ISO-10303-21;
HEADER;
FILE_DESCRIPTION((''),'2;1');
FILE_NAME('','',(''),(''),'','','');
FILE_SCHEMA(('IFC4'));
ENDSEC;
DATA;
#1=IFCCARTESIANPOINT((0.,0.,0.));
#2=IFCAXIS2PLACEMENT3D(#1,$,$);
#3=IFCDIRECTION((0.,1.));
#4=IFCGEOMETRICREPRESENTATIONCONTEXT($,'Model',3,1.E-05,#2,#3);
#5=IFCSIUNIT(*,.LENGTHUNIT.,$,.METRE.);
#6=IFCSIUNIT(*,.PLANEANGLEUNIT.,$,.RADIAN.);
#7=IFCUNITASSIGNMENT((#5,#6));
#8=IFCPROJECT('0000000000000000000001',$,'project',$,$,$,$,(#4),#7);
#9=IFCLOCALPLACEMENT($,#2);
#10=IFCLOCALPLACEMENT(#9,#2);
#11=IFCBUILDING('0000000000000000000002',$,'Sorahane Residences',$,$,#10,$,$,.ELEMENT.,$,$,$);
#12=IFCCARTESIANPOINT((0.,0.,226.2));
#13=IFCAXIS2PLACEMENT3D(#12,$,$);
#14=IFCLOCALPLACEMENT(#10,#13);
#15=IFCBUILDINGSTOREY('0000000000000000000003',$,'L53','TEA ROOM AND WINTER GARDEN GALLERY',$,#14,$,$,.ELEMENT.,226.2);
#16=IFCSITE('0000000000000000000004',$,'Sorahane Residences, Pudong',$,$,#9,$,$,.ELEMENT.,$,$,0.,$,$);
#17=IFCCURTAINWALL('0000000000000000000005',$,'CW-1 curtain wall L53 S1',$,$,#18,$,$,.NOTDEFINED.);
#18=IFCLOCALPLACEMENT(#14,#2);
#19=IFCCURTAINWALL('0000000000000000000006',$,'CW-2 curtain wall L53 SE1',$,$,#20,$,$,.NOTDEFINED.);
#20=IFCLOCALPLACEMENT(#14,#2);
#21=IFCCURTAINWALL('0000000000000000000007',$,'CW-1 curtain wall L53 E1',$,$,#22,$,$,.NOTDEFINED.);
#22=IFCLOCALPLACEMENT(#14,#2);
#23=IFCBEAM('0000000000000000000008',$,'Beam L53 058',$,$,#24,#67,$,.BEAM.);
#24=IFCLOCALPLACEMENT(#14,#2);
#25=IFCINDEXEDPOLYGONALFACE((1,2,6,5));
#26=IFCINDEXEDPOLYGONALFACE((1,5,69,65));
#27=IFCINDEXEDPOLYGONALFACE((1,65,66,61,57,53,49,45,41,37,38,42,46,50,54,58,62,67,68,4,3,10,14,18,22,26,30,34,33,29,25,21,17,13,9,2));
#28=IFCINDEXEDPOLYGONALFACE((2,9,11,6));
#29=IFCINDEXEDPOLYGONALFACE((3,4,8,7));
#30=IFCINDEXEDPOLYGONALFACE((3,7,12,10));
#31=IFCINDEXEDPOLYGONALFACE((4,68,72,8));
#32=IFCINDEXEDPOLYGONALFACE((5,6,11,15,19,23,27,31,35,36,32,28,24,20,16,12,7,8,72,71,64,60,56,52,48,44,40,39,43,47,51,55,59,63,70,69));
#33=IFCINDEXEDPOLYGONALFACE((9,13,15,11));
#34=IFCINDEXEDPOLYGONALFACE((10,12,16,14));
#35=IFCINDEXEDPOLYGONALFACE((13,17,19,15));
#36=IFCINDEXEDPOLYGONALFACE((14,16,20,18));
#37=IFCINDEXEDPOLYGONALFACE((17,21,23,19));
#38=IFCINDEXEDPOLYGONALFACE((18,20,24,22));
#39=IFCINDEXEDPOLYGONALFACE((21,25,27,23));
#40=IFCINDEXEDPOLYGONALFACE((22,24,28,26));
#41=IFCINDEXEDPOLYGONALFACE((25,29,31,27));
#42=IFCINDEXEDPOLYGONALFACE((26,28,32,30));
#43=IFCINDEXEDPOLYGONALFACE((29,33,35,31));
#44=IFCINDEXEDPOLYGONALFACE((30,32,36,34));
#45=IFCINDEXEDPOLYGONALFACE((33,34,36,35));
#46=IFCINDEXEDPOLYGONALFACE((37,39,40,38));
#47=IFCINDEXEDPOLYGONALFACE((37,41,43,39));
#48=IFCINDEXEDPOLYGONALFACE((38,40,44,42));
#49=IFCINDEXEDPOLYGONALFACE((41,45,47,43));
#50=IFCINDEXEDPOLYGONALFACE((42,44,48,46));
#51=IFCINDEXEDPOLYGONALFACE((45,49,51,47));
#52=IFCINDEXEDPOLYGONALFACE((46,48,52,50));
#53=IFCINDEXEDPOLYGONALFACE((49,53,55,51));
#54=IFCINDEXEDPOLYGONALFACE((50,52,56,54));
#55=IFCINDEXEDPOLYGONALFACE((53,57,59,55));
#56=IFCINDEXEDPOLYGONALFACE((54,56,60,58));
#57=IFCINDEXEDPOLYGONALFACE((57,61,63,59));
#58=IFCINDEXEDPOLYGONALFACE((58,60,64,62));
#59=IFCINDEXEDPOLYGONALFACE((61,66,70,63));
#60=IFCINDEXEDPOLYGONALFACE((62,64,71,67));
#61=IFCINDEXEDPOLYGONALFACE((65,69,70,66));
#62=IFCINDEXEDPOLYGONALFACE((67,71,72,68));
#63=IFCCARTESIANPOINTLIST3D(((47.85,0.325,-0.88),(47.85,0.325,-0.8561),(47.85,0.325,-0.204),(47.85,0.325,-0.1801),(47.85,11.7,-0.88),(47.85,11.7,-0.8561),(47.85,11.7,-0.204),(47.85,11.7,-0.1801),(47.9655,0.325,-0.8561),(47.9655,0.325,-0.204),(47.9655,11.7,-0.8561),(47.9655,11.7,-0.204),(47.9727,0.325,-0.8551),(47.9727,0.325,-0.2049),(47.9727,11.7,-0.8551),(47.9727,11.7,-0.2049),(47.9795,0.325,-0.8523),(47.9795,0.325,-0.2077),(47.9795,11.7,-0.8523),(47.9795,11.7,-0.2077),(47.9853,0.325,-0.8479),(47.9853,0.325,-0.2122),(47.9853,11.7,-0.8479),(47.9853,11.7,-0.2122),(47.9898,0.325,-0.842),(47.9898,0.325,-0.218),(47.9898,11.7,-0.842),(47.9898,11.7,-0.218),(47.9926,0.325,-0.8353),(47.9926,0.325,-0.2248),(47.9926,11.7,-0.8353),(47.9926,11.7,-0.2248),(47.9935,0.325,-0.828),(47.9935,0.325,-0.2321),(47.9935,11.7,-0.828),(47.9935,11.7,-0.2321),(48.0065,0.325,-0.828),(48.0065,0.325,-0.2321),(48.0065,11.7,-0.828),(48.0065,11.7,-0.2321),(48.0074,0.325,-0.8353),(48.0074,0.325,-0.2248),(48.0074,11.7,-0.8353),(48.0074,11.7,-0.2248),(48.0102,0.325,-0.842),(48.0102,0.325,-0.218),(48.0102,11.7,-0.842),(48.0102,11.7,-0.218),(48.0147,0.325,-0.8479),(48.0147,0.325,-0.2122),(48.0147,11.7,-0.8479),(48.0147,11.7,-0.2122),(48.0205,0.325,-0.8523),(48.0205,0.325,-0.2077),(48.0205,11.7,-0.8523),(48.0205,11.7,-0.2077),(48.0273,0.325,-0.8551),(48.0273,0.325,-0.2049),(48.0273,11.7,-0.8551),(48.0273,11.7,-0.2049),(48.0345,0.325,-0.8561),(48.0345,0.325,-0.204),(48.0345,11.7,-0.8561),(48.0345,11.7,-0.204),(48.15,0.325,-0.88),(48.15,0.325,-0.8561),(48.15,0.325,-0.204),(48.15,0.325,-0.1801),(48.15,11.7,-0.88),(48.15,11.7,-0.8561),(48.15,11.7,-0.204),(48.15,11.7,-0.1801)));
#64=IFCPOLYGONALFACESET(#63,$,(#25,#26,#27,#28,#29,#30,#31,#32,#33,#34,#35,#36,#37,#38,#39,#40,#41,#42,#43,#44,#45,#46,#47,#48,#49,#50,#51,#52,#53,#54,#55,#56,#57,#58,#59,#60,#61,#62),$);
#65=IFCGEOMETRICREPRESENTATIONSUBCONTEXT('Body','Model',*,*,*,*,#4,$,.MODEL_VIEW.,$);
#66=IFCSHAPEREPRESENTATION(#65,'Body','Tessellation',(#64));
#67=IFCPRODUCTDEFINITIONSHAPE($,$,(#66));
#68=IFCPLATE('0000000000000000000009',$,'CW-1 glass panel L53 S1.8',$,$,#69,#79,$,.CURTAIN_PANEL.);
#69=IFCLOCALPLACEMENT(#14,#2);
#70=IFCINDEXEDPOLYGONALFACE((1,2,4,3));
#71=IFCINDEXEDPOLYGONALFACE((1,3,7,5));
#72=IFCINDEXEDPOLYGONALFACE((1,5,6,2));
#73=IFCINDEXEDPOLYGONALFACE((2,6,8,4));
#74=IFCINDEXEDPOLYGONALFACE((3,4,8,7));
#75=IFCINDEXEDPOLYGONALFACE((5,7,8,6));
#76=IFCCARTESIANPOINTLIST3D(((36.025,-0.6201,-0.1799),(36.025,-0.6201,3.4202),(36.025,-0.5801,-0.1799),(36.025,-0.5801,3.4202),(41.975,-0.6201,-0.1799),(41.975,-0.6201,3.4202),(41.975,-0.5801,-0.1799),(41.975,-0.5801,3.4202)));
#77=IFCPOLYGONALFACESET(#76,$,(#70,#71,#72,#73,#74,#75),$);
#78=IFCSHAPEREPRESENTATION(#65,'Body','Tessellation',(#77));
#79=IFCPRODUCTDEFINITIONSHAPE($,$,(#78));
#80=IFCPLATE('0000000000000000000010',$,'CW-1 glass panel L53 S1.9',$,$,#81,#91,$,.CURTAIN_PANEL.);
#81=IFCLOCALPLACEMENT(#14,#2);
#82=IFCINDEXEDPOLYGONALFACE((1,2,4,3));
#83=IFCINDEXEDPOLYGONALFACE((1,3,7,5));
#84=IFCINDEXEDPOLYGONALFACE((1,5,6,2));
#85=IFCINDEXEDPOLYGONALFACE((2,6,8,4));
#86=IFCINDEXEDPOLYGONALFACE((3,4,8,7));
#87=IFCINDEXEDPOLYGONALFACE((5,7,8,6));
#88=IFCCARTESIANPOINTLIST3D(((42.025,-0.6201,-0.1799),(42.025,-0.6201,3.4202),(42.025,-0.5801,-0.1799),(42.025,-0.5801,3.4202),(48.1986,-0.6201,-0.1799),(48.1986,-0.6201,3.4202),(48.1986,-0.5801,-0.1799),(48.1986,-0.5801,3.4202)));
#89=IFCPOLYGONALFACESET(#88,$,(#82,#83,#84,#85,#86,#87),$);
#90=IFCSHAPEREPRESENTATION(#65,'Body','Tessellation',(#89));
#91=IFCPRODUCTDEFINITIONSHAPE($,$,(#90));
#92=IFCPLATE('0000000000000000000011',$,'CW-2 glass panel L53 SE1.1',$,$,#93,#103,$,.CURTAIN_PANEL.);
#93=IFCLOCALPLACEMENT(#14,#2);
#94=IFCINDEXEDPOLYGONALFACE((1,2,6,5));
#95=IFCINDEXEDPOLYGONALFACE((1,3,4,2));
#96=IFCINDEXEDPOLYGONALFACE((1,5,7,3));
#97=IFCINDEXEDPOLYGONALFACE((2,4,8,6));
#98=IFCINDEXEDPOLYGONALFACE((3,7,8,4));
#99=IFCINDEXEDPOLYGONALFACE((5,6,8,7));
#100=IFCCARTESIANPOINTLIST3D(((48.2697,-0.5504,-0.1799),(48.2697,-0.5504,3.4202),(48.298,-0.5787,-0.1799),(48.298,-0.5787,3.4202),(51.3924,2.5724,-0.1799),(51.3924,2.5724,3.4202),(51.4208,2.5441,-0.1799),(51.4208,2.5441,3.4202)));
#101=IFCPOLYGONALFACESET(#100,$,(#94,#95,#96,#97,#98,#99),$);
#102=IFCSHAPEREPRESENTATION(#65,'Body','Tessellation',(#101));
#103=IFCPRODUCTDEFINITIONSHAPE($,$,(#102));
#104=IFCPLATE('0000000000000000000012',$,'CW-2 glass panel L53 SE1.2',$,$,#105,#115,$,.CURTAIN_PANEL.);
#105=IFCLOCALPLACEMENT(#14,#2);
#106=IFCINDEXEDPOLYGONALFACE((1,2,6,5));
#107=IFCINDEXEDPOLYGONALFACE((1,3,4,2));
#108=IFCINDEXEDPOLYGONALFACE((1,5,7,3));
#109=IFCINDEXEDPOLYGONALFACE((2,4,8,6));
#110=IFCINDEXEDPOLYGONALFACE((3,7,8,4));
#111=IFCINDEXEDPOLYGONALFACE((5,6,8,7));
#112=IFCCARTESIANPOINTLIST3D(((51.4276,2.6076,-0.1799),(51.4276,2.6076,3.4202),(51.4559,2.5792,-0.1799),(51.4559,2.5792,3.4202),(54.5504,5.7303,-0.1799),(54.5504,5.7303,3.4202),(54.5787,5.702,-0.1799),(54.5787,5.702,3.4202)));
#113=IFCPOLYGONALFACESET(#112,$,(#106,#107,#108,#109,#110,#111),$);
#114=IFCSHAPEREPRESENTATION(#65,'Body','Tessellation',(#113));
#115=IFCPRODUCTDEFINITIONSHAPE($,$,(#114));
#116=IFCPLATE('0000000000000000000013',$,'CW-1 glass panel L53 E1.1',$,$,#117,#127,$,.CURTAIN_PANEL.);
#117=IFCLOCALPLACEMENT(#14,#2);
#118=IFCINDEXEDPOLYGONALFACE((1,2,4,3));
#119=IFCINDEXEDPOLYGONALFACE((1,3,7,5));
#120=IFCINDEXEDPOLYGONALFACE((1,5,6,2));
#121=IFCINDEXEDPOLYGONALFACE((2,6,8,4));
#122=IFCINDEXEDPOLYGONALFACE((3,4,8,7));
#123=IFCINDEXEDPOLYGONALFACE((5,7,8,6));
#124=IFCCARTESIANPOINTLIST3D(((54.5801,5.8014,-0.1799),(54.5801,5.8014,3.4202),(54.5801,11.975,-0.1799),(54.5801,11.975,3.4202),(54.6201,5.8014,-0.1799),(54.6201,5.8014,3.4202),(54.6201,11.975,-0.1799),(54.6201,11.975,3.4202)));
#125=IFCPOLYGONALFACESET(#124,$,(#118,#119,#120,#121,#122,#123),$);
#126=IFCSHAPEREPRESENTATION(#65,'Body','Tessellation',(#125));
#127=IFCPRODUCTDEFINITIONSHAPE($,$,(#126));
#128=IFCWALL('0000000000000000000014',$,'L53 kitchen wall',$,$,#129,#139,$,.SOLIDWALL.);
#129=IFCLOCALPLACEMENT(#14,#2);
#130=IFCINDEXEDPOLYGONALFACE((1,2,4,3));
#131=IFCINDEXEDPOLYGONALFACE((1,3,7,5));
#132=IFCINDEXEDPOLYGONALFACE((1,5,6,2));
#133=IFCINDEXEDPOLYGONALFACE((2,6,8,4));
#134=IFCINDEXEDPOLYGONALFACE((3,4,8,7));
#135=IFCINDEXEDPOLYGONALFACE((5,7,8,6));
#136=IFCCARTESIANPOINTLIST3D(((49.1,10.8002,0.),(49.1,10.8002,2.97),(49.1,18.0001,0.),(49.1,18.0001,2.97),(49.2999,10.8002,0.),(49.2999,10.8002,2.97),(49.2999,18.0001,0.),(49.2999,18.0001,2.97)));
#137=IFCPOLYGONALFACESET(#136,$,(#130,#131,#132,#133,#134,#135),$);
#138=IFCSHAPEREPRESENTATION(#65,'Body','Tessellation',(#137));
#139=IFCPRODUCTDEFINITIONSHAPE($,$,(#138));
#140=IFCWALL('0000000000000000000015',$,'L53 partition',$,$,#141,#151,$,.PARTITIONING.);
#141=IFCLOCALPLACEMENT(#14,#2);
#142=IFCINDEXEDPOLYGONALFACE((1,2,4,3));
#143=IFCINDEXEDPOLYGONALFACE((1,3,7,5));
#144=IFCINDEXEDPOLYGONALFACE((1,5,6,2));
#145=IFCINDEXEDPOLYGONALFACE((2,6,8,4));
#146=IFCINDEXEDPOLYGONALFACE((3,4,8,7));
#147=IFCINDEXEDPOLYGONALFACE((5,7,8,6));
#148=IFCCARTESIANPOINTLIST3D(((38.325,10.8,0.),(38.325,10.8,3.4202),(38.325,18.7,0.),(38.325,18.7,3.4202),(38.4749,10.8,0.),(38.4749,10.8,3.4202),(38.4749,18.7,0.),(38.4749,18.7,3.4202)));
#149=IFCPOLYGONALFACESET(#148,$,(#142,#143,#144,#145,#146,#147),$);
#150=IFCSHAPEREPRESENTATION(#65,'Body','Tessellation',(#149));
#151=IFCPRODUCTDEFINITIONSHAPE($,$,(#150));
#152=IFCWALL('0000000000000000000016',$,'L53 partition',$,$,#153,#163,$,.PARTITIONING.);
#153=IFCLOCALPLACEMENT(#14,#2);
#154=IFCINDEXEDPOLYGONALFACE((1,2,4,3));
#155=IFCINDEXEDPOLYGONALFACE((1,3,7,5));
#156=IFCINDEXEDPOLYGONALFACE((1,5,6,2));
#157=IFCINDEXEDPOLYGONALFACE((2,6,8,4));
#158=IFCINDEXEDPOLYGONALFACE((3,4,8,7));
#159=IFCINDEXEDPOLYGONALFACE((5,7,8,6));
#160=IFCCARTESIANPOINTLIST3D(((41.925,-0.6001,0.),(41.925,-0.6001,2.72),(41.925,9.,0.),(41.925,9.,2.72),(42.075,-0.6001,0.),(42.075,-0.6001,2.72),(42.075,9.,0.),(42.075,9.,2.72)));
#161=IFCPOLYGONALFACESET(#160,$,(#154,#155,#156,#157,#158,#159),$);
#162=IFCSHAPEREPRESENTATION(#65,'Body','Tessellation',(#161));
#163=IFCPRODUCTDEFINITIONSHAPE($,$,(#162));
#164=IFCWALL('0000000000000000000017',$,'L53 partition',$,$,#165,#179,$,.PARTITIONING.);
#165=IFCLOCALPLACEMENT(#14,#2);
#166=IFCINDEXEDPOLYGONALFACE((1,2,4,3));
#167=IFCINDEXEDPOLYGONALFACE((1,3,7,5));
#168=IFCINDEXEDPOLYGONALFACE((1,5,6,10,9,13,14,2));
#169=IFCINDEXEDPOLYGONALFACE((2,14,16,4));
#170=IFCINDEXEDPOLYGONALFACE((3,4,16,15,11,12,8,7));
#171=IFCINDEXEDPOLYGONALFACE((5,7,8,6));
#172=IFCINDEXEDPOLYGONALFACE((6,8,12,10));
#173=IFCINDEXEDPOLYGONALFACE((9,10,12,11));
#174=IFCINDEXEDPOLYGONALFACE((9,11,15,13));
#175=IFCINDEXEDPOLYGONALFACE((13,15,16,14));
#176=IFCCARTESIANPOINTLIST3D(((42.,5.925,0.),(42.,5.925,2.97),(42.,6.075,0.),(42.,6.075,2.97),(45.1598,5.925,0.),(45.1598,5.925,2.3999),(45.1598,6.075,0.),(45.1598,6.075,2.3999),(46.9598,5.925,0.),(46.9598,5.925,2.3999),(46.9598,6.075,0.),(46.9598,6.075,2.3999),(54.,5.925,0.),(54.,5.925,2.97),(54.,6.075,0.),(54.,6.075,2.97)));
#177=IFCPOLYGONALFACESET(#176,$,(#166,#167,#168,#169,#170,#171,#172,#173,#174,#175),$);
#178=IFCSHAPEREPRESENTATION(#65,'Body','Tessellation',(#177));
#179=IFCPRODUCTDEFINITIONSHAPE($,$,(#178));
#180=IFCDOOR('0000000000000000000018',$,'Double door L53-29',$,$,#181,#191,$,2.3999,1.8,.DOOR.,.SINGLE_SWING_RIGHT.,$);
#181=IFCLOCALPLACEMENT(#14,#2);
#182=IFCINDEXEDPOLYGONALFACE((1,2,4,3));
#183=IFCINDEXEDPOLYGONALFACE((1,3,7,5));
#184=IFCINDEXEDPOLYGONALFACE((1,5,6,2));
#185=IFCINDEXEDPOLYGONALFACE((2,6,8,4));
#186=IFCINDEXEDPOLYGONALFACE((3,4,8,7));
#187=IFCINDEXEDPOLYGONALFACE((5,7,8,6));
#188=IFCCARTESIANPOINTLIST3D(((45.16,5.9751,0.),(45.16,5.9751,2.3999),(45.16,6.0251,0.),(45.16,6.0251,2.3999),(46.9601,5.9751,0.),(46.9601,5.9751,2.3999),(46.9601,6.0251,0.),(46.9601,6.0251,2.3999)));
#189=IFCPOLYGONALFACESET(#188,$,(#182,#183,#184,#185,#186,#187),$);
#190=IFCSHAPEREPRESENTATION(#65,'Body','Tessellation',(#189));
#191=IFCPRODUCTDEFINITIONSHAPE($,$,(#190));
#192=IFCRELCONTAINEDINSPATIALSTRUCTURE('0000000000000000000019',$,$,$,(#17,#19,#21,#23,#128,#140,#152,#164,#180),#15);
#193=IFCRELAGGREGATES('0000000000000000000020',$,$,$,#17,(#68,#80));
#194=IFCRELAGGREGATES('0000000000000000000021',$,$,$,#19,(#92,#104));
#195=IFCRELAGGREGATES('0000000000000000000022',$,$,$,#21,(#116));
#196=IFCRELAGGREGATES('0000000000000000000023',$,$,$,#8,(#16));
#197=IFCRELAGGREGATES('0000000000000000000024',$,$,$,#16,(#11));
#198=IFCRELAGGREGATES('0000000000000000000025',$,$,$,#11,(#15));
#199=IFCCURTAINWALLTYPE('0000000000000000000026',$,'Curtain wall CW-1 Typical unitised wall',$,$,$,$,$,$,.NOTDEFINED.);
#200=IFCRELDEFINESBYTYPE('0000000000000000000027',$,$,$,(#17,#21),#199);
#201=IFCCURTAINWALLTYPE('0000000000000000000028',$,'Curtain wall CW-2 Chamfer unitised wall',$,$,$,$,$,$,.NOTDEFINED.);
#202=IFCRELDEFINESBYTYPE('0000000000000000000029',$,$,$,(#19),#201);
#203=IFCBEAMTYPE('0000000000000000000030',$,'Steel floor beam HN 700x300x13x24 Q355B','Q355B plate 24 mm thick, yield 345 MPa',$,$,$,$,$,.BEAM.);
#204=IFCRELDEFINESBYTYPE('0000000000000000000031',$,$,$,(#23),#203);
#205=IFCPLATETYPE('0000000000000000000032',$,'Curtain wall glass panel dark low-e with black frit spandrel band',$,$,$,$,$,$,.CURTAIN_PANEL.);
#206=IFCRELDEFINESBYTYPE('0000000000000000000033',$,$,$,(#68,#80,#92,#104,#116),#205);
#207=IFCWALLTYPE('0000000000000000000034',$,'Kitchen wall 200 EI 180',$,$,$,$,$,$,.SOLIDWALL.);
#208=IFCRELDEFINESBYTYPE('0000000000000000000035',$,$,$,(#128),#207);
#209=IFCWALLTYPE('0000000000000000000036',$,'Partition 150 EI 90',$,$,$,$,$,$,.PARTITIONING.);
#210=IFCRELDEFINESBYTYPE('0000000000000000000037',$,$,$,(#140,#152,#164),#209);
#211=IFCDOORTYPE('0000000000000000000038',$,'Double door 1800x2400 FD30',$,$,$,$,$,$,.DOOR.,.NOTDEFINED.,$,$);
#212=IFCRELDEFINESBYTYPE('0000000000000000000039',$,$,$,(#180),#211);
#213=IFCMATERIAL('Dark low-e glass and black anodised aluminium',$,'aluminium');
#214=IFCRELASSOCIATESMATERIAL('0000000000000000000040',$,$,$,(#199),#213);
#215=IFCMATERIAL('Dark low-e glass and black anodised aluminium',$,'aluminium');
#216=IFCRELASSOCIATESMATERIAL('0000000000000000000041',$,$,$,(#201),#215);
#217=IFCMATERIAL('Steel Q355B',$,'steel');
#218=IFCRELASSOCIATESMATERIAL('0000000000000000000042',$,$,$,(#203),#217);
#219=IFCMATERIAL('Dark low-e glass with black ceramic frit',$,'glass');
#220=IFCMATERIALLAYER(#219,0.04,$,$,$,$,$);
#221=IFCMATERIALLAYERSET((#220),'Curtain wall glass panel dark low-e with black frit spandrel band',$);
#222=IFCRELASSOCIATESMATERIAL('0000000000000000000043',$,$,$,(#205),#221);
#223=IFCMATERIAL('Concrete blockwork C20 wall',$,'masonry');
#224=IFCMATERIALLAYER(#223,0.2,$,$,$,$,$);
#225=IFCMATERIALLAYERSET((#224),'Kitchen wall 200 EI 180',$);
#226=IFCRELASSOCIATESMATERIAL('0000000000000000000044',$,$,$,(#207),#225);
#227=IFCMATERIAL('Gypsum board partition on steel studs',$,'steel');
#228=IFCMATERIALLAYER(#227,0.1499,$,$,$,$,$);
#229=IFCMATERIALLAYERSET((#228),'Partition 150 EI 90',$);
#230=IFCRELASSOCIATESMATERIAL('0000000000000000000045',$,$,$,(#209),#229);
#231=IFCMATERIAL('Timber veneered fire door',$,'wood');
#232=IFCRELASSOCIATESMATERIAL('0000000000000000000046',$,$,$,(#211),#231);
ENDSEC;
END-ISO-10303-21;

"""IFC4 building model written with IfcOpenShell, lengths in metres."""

from ifc_helpers import new_model, si_unit, direction, frame, frame_2d, origin, origin_2d, place, context, subcontext, project, spatial, rectangle, i_section, extrude, material, layer, layer_set, material_profile, profile_set, type_object, element, fill, aggregate, save


model = new_model("IFC4")

# Units and contexts
model_context = context("Model", 3, precision=1e-05, world=origin(), true_north=direction((0.0, 1.0)))
body_context = subcontext(model_context, "Body", "Model", "MODEL_VIEW")
ifc_project = project(units=[si_unit("LENGTHUNIT", "METRE"), si_unit("PLANEANGLEUNIT", "RADIAN")], contexts=[model_context])

# Site, building, storey
site_placement = place(None, origin())
site = spatial("IfcSite", under=ifc_project, at=site_placement, Name="Sorahane Residences, Pudong", CompositionType="ELEMENT", RefElevation=0.0)
building_placement = place(site_placement, origin())
building = spatial("IfcBuilding", under=site, at=building_placement, Name="Sorahane Residences", CompositionType="ELEMENT")
storey_placement = place(building_placement, frame((0.0, 0.0, 226.2)))
storey = spatial("IfcBuildingStorey", under=building, at=storey_placement, Name="L53", Description="TEA ROOM AND WINTER GARDEN GALLERY", CompositionType="ELEMENT", Elevation=226.2)

# Curtain walls
ifc_material_1 = material(Name="Dark low-e glass and black anodised aluminium", Category="aluminium")
curtain_wall_type_1 = type_object("IfcCurtainWallType", Name="Curtain wall CW-1 Typical unitised wall", PredefinedType="NOTDEFINED", material=ifc_material_1)
curtain_wall_1_placement = place(storey_placement, origin())
curtain_wall_1 = element("IfcCurtainWall", 1, at=curtain_wall_1_placement, inside=storey, type_object=curtain_wall_type_1, Name="CW-1 curtain wall L53 S1", PredefinedType="NOTDEFINED")
ifc_material_2 = material(Name="Dark low-e glass and black anodised aluminium", Category="aluminium")
curtain_wall_type_2 = type_object("IfcCurtainWallType", Name="Curtain wall CW-2 Chamfer unitised wall", PredefinedType="NOTDEFINED", material=ifc_material_2)
curtain_wall_2_placement = place(storey_placement, origin())
curtain_wall_2 = element("IfcCurtainWall", 2, at=curtain_wall_2_placement, inside=storey, type_object=curtain_wall_type_2, Name="CW-2 curtain wall L53 SE1", PredefinedType="NOTDEFINED")

# Curtain wall
curtain_wall_3_placement = place(storey_placement, origin())
curtain_wall_3 = element("IfcCurtainWall", 3, at=curtain_wall_3_placement, inside=storey, type_object=curtain_wall_type_1, Name="CW-1 curtain wall L53 E1", PredefinedType="NOTDEFINED")

# Beam
ifc_material_3 = material(Name="Steel Q355B", Category="steel")
ifc_material_profile_1 = material_profile(ifc_material_3, i_section(OverallWidth=0.3, OverallDepth=0.7, WebThickness=0.0129, FlangeThickness=0.0239, FilletRadius=0.0281, at=origin_2d()), Name="HN 700x300x13x24")
ifc_profile_set_1 = profile_set([ifc_material_profile_1], Name="Steel Q355B")
beam_type_1 = type_object("IfcBeamType", Name="Steel floor beam HN 700x300x13x24 Q355B", Description="Q355B plate 24 mm thick, yield 345 MPa", PredefinedType="BEAM", material=ifc_profile_set_1)
beam_1_placement = place(storey_placement, frame((48.0, 0.325, -0.53), z_axis=(0.0, 1.0, 0.0), x_axis=(-1.0, 0.0, 0.0)))
element("IfcBeam", 4, at=beam_1_placement, inside=storey, type_object=beam_type_1, Name="Beam L53 058", PredefinedType="BEAM", context=body_context, shape_type="SweptSolid", body=[
    extrude(i_section(OverallWidth=0.3, OverallDepth=0.7, WebThickness=0.0129, FlangeThickness=0.0239, FilletRadius=0.0281, at=origin_2d()), origin(), (0.0, 0.0, 1.0), 11.375),
])

# Plates
ifc_material_4 = material(Name="Dark low-e glass with black ceramic frit", Category="glass")
ifc_layer_1 = layer(ifc_material_4, 0.04)
ifc_layer_set_1 = layer_set([ifc_layer_1], Name="Curtain wall glass panel dark low-e with black frit spandrel band")
plate_type = type_object("IfcPlateType", Name="Curtain wall glass panel dark low-e with black frit spandrel band", PredefinedType="CURTAIN_PANEL", material=ifc_layer_set_1)
plate_1_placement = place(storey_placement, frame((39.0, -0.6001, -0.1799), z_axis=(0.0, 0.0, 1.0), x_axis=(1.0, 0.0, 0.0)))
plate_1 = element("IfcPlate", 5, at=plate_1_placement, type_object=plate_type, Name="CW-1 glass panel L53 S1.8", PredefinedType="CURTAIN_PANEL", context=body_context, shape_type="SweptSolid", body=[
    extrude(rectangle(XDim=5.95, YDim=0.04, at=origin_2d()), origin(), (0.0, 0.0, 1.0), 3.6001),
])
plate_2_placement = place(storey_placement, frame((45.1118, -0.6001, -0.1799), z_axis=(0.0, 0.0, 1.0), x_axis=(1.0, 0.0, 0.0)))
plate_2 = element("IfcPlate", 6, at=plate_2_placement, type_object=plate_type, Name="CW-1 glass panel L53 S1.9", PredefinedType="CURTAIN_PANEL", context=body_context, shape_type="SweptSolid", body=[
    extrude(rectangle(XDim=6.1736, YDim=0.04, at=origin_2d()), origin(), (0.0, 0.0, 1.0), 3.6001),
])
aggregate(curtain_wall_1, [plate_1, plate_2])
plate_3_placement = place(storey_placement, frame((49.8452, 0.9968, -0.1799), z_axis=(0.0, 0.0, 1.0), x_axis=(0.707107, 0.707107, 0.0)))
plate_3 = element("IfcPlate", 7, at=plate_3_placement, type_object=plate_type, Name="CW-2 glass panel L53 SE1.1", PredefinedType="CURTAIN_PANEL", context=body_context, shape_type="SweptSolid", body=[
    extrude(rectangle(XDim=4.4163, YDim=0.04, at=origin_2d()), origin(), (0.0, 0.0, 1.0), 3.6001),
])
plate_4_placement = place(storey_placement, frame((53.0032, 4.1548, -0.1799), z_axis=(0.0, 0.0, 1.0), x_axis=(0.707107, 0.707107, 0.0)))
plate_4 = element("IfcPlate", 8, at=plate_4_placement, type_object=plate_type, Name="CW-2 glass panel L53 SE1.2", PredefinedType="CURTAIN_PANEL", context=body_context, shape_type="SweptSolid", body=[
    extrude(rectangle(XDim=4.4163, YDim=0.04, at=origin_2d()), origin(), (0.0, 0.0, 1.0), 3.6001),
])
aggregate(curtain_wall_2, [plate_3, plate_4])
plate_5_placement = place(storey_placement, frame((54.6001, 8.8882, -0.1799), z_axis=(0.0, 0.0, 1.0), x_axis=(0.0, 1.0, 0.0)))
plate_5 = element("IfcPlate", 9, at=plate_5_placement, type_object=plate_type, Name="CW-1 glass panel L53 E1.1", PredefinedType="CURTAIN_PANEL", context=body_context, shape_type="SweptSolid", body=[
    extrude(rectangle(XDim=6.1736, YDim=0.04, at=origin_2d()), origin(), (0.0, 0.0, 1.0), 3.6001),
])
aggregate(curtain_wall_3, [plate_5])

# Wall
ifc_material_5 = material(Name="Concrete blockwork C20 wall", Category="masonry")
ifc_layer_2 = layer(ifc_material_5, 0.2)
ifc_layer_set_2 = layer_set([ifc_layer_2], Name="Kitchen wall 200 EI 180")
wall_type_1 = type_object("IfcWallType", Name="Kitchen wall 200 EI 180", PredefinedType="SOLIDWALL", material=ifc_layer_set_2)
wall_1_placement = place(storey_placement, frame((49.2, 10.8, 0.0), z_axis=(0.0, 0.0, 1.0), x_axis=(0.0, 1.0, 0.0)))
element("IfcWall", 10, at=wall_1_placement, inside=storey, type_object=wall_type_1, Name="L53 kitchen wall", PredefinedType="SOLIDWALL", context=body_context, shape_type="SweptSolid", body=[
    extrude(rectangle(XDim=7.2, YDim=0.2, at=frame_2d((3.6001, 0.0))), origin(), (0.0, 0.0, 1.0), 2.97),
])

# Walls
ifc_material_6 = material(Name="Gypsum board partition on steel studs", Category="steel")
ifc_layer_3 = layer(ifc_material_6, 0.1499)
ifc_layer_set_3 = layer_set([ifc_layer_3], Name="Partition 150 EI 90")
wall_type_2 = type_object("IfcWallType", Name="Partition 150 EI 90", PredefinedType="PARTITIONING", material=ifc_layer_set_3)
wall_2_placement = place(storey_placement, frame((38.3999, 10.8, 0.0), z_axis=(0.0, 0.0, 1.0), x_axis=(0.0, 1.0, 0.0)))
element("IfcWall", 11, at=wall_2_placement, inside=storey, type_object=wall_type_2, Name="L53 partition", PredefinedType="PARTITIONING", context=body_context, shape_type="SweptSolid", body=[
    extrude(rectangle(XDim=7.8999, YDim=0.1499, at=frame_2d((3.95, 0.0))), origin(), (0.0, 0.0, 1.0), 3.4202),
])
wall_3_placement = place(storey_placement, frame((42.0, -0.6001, 0.0), z_axis=(0.0, 0.0, 1.0), x_axis=(0.0, 1.0, 0.0)))
element("IfcWall", 12, at=wall_3_placement, inside=storey, type_object=wall_type_2, Name="L53 partition", PredefinedType="PARTITIONING", context=body_context, shape_type="SweptSolid", body=[
    extrude(rectangle(XDim=9.6001, YDim=0.1499, at=frame_2d((4.8, 0.0))), origin(), (0.0, 0.0, 1.0), 2.72),
])

# Wall, opening, door
wall_4_placement = place(storey_placement, frame((42.0, 6.0, 0.0), z_axis=(0.0, 0.0, 1.0), x_axis=(1.0, 0.0, 0.0)))
wall_4 = element("IfcWall", 13, at=wall_4_placement, inside=storey, type_object=wall_type_2, Name="L53 partition", PredefinedType="PARTITIONING", context=body_context, shape_type="SweptSolid", body=[
    extrude(rectangle(XDim=12.0, YDim=0.1499, at=frame_2d((6.0, 0.0))), origin(), (0.0, 0.0, 1.0), 2.97),
])
opening_1_placement = place(wall_4_placement, frame((3.1599, 0.0, 0.0)))
opening_1 = element("IfcOpeningElement", 14, at=opening_1_placement, cuts=wall_4, PredefinedType="OPENING", context=body_context, shape_type="SweptSolid", body=[
    extrude(rectangle(XDim=1.8, YDim=2.3999, at=frame_2d((0.8999, 1.2))), frame((0.0, 0.085, 0.0), z_axis=(0.0, -1.0, 0.0), x_axis=(1.0, 0.0, 0.0)), (0.0, 0.0, 1.0), 0.1699),
])
ifc_material_7 = material(Name="Timber veneered fire door", Category="wood")
door_type_1 = type_object("IfcDoorType", Name="Double door 1800x2400 FD30", OperationType="NOTDEFINED", PredefinedType="DOOR", material=ifc_material_7)
door_1_placement = place(opening_1_placement, frame((1.8, 0.0, 0.0), z_axis=(0.0, 0.0, 1.0), x_axis=(-1.0, 0.0, 0.0)))
door_1 = element("IfcDoor", 15, at=door_1_placement, inside=storey, type_object=door_type_1, Name="Double door L53-29", OperationType="SINGLE_SWING_RIGHT", OverallHeight=2.3999, OverallWidth=1.8, PredefinedType="DOOR", context=body_context, shape_type="SweptSolid", body=[
    extrude(rectangle(XDim=1.8, YDim=2.3999, at=frame_2d((0.8999, 1.2))), frame((0.0, 0.0249, 0.0), z_axis=(0.0, -1.0, 0.0), x_axis=(1.0, 0.0, 0.0)), (0.0, 0.0, 1.0), 0.05),
])
fill(opening_1, door_1)

save(model, "model.ifc")
